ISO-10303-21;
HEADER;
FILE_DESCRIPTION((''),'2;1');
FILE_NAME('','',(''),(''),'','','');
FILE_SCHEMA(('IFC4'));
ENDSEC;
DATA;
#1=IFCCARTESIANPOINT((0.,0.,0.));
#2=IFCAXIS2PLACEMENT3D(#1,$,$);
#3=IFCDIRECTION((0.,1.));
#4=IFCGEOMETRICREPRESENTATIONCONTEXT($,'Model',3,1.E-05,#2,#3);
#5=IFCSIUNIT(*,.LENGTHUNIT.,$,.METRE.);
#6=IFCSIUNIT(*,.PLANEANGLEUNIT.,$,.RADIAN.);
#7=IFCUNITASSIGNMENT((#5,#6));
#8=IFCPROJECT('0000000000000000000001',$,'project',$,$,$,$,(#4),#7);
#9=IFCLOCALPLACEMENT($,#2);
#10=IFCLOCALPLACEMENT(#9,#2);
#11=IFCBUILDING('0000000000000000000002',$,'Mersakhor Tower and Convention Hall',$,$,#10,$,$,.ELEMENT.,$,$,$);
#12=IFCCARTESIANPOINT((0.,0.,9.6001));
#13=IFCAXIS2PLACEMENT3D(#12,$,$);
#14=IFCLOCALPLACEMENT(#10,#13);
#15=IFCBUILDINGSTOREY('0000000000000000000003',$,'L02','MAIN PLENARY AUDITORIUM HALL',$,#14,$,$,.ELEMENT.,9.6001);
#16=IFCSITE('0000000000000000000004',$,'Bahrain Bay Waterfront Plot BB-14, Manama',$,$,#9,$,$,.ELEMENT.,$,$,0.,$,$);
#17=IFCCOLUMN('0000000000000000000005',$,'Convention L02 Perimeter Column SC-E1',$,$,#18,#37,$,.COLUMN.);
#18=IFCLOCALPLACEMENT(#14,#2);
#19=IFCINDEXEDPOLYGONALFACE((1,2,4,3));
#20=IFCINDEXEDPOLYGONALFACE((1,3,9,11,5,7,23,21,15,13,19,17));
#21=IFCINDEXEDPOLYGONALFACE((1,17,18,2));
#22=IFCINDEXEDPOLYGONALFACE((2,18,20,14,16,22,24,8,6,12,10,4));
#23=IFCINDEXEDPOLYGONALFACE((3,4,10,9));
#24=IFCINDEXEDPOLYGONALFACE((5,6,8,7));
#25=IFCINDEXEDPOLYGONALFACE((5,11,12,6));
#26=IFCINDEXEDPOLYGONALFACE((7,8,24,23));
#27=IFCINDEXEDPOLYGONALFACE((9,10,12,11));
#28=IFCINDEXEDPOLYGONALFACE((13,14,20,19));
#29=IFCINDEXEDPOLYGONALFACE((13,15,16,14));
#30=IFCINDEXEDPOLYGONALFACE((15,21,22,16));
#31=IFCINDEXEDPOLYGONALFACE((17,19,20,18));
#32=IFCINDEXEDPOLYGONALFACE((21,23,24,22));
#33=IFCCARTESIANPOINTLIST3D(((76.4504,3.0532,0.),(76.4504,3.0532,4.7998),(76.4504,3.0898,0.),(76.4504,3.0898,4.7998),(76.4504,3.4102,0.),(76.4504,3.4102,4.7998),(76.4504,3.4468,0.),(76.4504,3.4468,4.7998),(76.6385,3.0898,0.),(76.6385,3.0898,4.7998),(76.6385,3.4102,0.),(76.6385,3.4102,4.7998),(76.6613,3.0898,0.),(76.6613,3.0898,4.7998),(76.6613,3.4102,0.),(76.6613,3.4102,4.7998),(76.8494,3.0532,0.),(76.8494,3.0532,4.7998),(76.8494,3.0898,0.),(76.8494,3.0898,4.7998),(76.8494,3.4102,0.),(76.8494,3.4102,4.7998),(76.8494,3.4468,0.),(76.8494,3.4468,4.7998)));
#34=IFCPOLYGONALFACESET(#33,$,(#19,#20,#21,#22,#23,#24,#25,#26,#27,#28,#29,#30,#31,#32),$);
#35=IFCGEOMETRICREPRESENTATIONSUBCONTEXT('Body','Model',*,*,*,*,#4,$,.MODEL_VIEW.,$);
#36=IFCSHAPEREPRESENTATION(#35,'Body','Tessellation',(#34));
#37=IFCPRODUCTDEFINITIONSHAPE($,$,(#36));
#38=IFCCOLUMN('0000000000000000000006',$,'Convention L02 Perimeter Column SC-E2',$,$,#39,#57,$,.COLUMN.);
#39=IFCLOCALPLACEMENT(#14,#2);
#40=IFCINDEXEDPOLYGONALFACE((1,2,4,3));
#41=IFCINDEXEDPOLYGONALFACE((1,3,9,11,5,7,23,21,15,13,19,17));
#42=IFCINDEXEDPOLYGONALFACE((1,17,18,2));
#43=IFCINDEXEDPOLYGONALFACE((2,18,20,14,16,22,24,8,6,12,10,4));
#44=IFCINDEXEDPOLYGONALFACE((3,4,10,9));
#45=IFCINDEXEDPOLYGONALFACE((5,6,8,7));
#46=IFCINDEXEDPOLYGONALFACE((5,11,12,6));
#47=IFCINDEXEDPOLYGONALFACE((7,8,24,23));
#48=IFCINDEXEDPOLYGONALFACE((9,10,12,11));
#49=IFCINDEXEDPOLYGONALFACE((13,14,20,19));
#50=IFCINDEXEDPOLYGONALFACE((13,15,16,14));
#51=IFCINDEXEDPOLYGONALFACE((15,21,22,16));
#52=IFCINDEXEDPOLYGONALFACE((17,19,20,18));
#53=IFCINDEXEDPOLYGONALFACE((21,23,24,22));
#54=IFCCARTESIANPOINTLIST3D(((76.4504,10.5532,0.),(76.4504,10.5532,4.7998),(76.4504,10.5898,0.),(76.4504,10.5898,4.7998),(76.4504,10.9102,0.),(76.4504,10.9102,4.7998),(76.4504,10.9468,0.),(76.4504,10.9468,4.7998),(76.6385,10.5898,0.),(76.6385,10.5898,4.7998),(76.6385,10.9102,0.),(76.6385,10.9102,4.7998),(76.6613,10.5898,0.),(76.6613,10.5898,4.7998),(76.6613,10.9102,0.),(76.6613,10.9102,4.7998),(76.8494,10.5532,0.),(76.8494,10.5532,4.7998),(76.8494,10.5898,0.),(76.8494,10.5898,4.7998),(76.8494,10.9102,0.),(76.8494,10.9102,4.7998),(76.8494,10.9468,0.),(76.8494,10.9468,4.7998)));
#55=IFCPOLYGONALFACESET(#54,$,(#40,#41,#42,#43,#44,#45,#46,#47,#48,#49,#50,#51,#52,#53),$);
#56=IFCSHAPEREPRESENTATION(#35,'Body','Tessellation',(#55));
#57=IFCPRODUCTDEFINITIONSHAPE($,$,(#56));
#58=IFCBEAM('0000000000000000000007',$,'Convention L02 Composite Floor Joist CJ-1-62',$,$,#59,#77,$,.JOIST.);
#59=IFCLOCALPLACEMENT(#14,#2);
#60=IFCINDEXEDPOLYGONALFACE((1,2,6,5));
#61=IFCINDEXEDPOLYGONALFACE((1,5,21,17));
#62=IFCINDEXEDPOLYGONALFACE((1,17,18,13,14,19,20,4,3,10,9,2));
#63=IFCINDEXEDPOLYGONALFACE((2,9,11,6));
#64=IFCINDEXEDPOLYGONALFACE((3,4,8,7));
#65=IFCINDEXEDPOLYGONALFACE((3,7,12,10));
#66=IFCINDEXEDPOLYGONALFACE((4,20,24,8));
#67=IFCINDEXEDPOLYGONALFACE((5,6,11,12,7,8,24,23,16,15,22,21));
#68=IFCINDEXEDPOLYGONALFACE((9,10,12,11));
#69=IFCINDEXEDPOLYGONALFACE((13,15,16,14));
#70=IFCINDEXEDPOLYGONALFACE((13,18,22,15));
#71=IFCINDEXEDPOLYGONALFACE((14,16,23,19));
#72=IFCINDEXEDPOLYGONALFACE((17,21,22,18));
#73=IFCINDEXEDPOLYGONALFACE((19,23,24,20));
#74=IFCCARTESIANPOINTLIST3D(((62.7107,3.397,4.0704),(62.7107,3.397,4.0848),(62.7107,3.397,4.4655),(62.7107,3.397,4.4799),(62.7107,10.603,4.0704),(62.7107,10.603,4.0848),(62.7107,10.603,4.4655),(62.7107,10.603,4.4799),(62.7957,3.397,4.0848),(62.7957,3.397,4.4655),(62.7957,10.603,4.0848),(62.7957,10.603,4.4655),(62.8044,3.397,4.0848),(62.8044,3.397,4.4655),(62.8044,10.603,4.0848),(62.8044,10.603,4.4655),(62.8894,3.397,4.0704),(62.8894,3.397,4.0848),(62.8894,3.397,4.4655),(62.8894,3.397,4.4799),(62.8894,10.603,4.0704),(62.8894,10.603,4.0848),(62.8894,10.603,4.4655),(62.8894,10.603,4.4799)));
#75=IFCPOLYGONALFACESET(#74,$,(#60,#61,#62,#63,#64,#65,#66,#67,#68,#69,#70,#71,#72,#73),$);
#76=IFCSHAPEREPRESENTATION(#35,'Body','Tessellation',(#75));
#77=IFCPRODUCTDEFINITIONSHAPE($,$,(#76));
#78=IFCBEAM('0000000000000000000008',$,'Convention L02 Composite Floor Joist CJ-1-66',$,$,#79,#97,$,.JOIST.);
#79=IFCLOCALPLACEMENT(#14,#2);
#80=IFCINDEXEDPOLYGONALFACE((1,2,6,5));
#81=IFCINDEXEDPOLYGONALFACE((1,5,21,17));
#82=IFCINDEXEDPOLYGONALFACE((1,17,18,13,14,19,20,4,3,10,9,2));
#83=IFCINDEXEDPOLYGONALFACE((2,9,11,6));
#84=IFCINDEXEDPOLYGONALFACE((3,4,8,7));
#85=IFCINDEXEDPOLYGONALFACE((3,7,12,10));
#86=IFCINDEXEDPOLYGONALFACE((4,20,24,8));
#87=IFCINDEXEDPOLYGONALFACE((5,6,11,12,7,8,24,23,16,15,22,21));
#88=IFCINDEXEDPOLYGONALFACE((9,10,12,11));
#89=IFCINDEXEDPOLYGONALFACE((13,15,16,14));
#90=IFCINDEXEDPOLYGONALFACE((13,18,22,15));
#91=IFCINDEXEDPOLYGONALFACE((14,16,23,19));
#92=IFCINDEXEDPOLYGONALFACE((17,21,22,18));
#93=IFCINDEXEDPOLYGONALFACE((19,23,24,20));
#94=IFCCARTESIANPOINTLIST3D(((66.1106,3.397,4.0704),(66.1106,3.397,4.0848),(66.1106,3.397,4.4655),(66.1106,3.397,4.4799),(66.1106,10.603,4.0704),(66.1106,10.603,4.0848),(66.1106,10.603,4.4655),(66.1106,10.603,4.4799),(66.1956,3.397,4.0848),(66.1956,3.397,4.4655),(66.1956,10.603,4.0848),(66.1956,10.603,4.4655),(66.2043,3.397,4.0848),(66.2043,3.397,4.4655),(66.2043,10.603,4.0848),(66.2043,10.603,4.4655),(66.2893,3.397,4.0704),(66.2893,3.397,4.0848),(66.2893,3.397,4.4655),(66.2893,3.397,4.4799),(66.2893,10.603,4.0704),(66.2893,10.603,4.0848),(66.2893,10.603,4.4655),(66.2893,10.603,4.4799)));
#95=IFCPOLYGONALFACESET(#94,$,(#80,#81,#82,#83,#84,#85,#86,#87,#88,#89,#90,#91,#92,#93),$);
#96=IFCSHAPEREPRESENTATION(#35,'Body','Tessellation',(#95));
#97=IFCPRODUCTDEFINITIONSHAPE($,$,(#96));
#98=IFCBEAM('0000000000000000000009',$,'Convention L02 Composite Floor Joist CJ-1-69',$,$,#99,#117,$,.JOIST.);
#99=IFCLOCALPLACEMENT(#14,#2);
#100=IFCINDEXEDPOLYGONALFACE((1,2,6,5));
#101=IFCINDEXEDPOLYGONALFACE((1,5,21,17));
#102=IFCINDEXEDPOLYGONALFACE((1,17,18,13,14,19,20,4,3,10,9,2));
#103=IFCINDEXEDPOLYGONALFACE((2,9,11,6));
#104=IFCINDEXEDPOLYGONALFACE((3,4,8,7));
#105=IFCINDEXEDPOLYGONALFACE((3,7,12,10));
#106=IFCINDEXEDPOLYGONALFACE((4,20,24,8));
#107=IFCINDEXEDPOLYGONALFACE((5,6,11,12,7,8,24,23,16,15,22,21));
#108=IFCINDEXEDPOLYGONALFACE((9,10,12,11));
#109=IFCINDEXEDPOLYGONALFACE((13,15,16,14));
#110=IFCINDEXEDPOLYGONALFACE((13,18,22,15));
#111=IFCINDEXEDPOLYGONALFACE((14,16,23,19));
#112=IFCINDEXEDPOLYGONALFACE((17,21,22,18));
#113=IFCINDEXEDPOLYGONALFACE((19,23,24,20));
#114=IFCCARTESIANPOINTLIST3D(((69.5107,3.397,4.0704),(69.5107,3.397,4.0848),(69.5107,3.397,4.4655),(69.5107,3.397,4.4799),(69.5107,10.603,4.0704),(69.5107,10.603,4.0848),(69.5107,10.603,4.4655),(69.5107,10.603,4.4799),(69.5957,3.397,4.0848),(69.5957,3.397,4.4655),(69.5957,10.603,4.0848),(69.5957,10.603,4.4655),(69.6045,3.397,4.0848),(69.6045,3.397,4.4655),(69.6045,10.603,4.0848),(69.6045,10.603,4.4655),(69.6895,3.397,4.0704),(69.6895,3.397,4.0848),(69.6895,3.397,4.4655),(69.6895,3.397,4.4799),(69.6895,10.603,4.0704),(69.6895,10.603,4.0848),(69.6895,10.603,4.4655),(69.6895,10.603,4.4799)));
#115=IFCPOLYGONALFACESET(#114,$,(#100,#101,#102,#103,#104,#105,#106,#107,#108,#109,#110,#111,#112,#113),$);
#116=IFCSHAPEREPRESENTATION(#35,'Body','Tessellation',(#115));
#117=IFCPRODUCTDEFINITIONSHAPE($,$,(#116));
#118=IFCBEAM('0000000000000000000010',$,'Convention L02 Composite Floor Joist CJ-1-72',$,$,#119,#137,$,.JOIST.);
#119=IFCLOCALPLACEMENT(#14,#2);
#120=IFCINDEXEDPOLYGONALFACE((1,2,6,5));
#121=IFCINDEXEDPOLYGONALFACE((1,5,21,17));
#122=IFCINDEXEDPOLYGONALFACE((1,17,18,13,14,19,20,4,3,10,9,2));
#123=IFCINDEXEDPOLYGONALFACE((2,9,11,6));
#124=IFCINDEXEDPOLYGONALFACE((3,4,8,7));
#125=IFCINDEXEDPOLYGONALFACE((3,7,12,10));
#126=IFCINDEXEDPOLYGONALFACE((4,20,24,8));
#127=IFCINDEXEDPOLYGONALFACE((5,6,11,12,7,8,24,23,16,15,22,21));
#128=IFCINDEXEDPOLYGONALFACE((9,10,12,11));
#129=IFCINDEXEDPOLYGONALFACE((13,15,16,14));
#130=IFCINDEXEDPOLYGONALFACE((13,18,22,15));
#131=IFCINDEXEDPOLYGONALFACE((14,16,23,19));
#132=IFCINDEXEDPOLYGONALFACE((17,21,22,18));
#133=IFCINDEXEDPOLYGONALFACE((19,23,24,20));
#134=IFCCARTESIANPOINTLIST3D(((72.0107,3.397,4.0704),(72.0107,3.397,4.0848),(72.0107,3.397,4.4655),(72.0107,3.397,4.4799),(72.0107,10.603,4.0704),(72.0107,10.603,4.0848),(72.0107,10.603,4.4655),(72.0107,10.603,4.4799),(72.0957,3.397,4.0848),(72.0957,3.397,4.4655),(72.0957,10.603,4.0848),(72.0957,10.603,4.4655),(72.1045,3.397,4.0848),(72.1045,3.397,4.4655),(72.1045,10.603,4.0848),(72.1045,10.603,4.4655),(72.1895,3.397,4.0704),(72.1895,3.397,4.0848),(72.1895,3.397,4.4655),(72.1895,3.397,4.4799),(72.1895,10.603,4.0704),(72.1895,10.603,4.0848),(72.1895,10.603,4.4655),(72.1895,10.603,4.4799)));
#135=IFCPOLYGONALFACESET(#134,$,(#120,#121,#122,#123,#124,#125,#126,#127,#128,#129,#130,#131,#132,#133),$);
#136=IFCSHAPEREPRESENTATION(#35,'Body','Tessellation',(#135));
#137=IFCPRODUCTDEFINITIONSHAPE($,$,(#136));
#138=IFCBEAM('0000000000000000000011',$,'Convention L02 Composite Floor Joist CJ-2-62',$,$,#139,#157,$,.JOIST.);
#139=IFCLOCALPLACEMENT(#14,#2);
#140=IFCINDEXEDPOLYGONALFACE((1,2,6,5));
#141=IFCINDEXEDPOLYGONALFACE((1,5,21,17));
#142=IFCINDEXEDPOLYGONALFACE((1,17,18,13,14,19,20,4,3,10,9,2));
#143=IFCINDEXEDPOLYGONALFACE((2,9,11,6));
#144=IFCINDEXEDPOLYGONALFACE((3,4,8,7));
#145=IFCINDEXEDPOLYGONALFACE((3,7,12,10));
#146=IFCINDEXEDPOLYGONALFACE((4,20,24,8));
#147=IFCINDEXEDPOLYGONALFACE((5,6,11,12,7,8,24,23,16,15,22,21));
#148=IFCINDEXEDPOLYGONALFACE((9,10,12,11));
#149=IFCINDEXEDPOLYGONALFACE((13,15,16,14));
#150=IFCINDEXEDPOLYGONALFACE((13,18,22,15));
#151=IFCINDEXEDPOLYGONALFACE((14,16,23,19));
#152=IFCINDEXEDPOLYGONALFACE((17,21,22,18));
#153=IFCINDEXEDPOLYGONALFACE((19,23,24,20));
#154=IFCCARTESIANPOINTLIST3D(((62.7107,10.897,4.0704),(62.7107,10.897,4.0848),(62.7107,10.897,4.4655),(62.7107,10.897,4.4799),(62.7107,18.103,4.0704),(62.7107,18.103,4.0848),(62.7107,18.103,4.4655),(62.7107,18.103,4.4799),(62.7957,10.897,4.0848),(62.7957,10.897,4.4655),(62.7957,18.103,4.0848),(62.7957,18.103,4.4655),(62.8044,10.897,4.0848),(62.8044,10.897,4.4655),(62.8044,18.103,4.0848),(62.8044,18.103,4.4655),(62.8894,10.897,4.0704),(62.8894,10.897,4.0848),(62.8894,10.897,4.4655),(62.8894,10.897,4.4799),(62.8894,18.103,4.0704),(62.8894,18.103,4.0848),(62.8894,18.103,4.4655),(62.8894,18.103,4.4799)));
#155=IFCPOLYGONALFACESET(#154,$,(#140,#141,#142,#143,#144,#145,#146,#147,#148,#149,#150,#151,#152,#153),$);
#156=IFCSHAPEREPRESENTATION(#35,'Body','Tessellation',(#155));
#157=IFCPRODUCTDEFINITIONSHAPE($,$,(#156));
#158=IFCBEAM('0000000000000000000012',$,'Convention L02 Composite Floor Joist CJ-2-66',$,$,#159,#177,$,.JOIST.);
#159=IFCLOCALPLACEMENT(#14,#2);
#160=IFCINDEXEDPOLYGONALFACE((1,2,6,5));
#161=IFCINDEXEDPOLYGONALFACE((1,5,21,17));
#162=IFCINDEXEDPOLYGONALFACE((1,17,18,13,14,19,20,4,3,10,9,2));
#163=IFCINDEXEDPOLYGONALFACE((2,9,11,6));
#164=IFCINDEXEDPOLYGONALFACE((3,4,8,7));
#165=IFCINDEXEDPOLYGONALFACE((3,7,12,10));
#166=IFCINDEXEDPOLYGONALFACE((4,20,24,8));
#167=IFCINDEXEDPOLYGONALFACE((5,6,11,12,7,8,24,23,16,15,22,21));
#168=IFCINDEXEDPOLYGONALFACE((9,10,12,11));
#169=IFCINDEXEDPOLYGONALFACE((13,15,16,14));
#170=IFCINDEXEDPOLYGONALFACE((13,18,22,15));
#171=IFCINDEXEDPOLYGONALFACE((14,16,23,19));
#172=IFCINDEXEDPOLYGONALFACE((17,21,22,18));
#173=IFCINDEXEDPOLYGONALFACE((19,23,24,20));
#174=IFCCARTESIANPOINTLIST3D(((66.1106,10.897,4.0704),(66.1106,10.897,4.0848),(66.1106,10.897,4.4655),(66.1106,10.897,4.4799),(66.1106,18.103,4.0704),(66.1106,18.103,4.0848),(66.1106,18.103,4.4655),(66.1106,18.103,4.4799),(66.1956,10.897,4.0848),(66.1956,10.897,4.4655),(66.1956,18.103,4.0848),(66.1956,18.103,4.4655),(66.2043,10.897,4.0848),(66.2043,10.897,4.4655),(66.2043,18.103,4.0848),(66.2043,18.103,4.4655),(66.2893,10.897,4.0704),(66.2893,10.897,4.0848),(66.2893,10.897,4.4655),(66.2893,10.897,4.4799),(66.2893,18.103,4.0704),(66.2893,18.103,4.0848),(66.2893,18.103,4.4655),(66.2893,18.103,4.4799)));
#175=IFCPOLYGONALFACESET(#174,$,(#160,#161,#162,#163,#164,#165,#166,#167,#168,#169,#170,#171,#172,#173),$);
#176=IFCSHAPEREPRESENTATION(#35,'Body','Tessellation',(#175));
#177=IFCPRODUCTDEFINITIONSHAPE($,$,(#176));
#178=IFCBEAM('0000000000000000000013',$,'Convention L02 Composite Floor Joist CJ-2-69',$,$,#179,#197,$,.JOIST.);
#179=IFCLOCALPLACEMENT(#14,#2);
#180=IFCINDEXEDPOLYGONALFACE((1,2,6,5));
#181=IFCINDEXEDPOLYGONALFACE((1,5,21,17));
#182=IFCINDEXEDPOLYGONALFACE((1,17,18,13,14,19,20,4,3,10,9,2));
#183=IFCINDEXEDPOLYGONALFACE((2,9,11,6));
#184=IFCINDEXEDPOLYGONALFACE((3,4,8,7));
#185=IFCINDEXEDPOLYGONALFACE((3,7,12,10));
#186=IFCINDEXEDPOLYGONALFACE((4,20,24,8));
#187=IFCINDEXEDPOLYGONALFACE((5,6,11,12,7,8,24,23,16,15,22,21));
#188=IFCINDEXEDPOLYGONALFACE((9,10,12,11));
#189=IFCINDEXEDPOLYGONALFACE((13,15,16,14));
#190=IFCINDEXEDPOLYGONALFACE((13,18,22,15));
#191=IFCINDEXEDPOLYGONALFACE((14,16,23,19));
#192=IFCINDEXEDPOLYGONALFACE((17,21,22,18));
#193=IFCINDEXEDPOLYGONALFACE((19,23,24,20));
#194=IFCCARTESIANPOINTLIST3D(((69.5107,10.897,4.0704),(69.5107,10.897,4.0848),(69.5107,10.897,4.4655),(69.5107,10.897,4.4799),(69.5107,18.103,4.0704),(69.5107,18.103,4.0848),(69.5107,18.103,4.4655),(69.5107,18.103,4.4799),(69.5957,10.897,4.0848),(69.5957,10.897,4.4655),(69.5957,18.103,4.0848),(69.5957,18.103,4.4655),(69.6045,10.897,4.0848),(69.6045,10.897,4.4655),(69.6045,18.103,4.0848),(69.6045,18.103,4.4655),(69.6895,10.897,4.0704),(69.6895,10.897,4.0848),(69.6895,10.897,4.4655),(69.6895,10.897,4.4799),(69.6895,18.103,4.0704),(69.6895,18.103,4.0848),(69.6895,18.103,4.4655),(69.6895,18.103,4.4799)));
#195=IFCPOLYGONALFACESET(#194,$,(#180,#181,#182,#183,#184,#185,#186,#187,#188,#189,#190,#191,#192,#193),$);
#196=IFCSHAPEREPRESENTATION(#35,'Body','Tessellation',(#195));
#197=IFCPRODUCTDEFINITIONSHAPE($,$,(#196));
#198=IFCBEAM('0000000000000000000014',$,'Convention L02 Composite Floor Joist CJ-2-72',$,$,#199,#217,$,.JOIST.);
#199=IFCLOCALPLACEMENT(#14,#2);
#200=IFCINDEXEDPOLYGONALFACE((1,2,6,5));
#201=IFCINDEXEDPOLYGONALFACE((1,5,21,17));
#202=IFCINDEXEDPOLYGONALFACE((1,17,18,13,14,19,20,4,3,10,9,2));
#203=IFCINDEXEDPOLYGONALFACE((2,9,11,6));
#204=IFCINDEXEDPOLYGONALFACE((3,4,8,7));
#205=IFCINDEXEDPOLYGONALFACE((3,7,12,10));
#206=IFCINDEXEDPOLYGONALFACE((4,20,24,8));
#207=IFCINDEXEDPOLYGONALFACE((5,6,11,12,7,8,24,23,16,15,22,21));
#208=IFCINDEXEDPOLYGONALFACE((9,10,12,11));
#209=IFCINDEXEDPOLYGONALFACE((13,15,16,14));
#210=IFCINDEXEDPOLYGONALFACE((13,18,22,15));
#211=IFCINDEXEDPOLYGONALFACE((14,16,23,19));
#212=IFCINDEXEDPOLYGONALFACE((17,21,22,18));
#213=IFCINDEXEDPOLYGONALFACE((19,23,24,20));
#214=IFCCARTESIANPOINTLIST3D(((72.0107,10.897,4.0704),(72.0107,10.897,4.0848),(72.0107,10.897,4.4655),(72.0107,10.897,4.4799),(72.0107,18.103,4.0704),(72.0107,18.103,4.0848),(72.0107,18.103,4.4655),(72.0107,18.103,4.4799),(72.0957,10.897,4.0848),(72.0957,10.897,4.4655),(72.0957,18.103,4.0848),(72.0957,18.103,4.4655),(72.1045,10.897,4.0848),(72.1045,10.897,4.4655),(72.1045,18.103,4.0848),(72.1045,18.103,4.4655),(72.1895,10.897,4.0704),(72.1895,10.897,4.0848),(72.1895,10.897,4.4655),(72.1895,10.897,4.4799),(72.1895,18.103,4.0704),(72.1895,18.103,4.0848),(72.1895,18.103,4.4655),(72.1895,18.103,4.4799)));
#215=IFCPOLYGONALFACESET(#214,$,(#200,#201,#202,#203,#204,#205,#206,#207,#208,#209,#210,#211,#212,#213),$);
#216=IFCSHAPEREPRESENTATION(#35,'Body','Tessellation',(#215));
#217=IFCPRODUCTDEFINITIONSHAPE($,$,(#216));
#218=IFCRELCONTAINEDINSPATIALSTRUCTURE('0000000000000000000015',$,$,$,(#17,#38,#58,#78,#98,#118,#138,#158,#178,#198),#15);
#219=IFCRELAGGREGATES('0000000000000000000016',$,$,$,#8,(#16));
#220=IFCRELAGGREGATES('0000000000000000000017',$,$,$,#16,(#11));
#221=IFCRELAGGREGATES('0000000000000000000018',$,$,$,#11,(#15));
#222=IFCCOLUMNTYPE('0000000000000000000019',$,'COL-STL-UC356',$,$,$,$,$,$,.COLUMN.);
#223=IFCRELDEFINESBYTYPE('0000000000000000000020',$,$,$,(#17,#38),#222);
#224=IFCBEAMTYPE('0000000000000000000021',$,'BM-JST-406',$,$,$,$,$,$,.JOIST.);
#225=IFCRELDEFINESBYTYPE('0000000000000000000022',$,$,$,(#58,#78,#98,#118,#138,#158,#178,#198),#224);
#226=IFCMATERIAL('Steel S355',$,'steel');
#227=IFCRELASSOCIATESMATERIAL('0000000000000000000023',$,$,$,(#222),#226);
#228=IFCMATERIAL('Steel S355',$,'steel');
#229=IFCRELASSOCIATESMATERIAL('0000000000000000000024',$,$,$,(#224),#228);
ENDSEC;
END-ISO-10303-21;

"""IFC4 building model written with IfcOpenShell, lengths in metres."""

from ifc_helpers import new_model, si_unit, direction, frame, origin, origin_2d, place, context, subcontext, project, spatial, i_section, extrude, material, material_profile, profile_set, type_object, element, save


model = new_model("IFC4")

# Units and contexts
model_context = context("Model", 3, precision=1e-05, world=origin(), true_north=direction((0.0, 1.0)))
body_context = subcontext(model_context, "Body", "Model", "MODEL_VIEW")
ifc_project = project(units=[si_unit("LENGTHUNIT", "METRE"), si_unit("PLANEANGLEUNIT", "RADIAN")], contexts=[model_context])

# Site, building, storey
site_placement = place(None, origin())
site = spatial("IfcSite", under=ifc_project, at=site_placement, Name="Bahrain Bay Waterfront Plot BB-14, Manama", CompositionType="ELEMENT", RefElevation=0.0)
building_placement = place(site_placement, origin())
building = spatial("IfcBuilding", under=site, at=building_placement, Name="Mersakhor Tower and Convention Hall", CompositionType="ELEMENT")
storey_placement = place(building_placement, frame((0.0, 0.0, 9.6001)))
storey = spatial("IfcBuildingStorey", under=building, at=storey_placement, Name="L02", Description="MAIN PLENARY AUDITORIUM HALL", CompositionType="ELEMENT", Elevation=9.6001)

# Columns
ifc_material_1 = material(Name="Steel S355", Category="steel")
ifc_material_profile_1 = material_profile(ifc_material_1, i_section(OverallWidth=0.3989, OverallDepth=0.3936, WebThickness=0.0227, FlangeThickness=0.0366, at=origin_2d()), Name="UC 356x406x287")
ifc_profile_set_1 = profile_set([ifc_material_profile_1], Name="Steel S355")
column_type = type_object("IfcColumnType", Name="COL-STL-UC356", PredefinedType="COLUMN", material=ifc_profile_set_1)
for number, where, z_axis, x_axis, name in (
    (1, (76.6499, 3.25, 0.0), (0.0, 0.0, 1.0), (1.0, 0.0, 0.0), "Convention L02 Perimeter Column SC-E1"),
    (2, (76.6499, 10.75, 0.0), (0.0, 0.0, 1.0), (1.0, 0.0, 0.0), "Convention L02 Perimeter Column SC-E2"),
):
    element("IfcColumn", number, at=place(storey_placement, frame(where, z_axis=z_axis, x_axis=x_axis)), inside=storey, type_object=column_type, Name=name, PredefinedType="COLUMN", context=body_context, shape_type="SweptSolid", body=[
        extrude(i_section(OverallWidth=0.3989, OverallDepth=0.3936, WebThickness=0.0227, FlangeThickness=0.0366, at=origin_2d()), origin(), (0.0, 0.0, 1.0), 4.7998),
    ])

# Beams
ifc_material_2 = material(Name="Steel S355", Category="steel")
ifc_material_profile_2 = material_profile(ifc_material_2, i_section(OverallWidth=0.1787, OverallDepth=0.4094, WebThickness=0.0088, FlangeThickness=0.0144, at=origin_2d()), Name="UB 406x178x67")
ifc_profile_set_2 = profile_set([ifc_material_profile_2], Name="Steel S355")
beam_type_1 = type_object("IfcBeamType", Name="BM-JST-406", PredefinedType="JOIST", material=ifc_profile_set_2)
for number, where, z_axis, x_axis, name in (
    (3, (62.8, 3.397, 4.2751), (0.0, 1.0, 0.0), (-1.0, 0.0, 0.0), "Convention L02 Composite Floor Joist CJ-1-62"),
    (4, (66.2, 3.397, 4.2751), (0.0, 1.0, 0.0), (-1.0, 0.0, 0.0), "Convention L02 Composite Floor Joist CJ-1-66"),
    (5, (69.6001, 3.397, 4.2751), (0.0, 1.0, 0.0), (-1.0, 0.0, 0.0), "Convention L02 Composite Floor Joist CJ-1-69"),
    (6, (72.1001, 3.397, 4.2751), (0.0, 1.0, 0.0), (-1.0, 0.0, 0.0), "Convention L02 Composite Floor Joist CJ-1-72"),
    (7, (62.8, 10.897, 4.2751), (0.0, 1.0, 0.0), (-1.0, 0.0, 0.0), "Convention L02 Composite Floor Joist CJ-2-62"),
    (8, (66.2, 10.897, 4.2751), (0.0, 1.0, 0.0), (-1.0, 0.0, 0.0), "Convention L02 Composite Floor Joist CJ-2-66"),
    (9, (69.6001, 10.897, 4.2751), (0.0, 1.0, 0.0), (-1.0, 0.0, 0.0), "Convention L02 Composite Floor Joist CJ-2-69"),
    (10, (72.1001, 10.897, 4.2751), (0.0, 1.0, 0.0), (-1.0, 0.0, 0.0), "Convention L02 Composite Floor Joist CJ-2-72"),
):
    element("IfcBeam", number, at=place(storey_placement, frame(where, z_axis=z_axis, x_axis=x_axis)), inside=storey, type_object=beam_type_1, Name=name, PredefinedType="JOIST", context=body_context, shape_type="SweptSolid", body=[
        extrude(i_section(OverallWidth=0.1787, OverallDepth=0.4094, WebThickness=0.0088, FlangeThickness=0.0144, at=origin_2d()), origin(), (0.0, 0.0, 1.0), 7.2061),
    ])

save(model, "model.ifc")
